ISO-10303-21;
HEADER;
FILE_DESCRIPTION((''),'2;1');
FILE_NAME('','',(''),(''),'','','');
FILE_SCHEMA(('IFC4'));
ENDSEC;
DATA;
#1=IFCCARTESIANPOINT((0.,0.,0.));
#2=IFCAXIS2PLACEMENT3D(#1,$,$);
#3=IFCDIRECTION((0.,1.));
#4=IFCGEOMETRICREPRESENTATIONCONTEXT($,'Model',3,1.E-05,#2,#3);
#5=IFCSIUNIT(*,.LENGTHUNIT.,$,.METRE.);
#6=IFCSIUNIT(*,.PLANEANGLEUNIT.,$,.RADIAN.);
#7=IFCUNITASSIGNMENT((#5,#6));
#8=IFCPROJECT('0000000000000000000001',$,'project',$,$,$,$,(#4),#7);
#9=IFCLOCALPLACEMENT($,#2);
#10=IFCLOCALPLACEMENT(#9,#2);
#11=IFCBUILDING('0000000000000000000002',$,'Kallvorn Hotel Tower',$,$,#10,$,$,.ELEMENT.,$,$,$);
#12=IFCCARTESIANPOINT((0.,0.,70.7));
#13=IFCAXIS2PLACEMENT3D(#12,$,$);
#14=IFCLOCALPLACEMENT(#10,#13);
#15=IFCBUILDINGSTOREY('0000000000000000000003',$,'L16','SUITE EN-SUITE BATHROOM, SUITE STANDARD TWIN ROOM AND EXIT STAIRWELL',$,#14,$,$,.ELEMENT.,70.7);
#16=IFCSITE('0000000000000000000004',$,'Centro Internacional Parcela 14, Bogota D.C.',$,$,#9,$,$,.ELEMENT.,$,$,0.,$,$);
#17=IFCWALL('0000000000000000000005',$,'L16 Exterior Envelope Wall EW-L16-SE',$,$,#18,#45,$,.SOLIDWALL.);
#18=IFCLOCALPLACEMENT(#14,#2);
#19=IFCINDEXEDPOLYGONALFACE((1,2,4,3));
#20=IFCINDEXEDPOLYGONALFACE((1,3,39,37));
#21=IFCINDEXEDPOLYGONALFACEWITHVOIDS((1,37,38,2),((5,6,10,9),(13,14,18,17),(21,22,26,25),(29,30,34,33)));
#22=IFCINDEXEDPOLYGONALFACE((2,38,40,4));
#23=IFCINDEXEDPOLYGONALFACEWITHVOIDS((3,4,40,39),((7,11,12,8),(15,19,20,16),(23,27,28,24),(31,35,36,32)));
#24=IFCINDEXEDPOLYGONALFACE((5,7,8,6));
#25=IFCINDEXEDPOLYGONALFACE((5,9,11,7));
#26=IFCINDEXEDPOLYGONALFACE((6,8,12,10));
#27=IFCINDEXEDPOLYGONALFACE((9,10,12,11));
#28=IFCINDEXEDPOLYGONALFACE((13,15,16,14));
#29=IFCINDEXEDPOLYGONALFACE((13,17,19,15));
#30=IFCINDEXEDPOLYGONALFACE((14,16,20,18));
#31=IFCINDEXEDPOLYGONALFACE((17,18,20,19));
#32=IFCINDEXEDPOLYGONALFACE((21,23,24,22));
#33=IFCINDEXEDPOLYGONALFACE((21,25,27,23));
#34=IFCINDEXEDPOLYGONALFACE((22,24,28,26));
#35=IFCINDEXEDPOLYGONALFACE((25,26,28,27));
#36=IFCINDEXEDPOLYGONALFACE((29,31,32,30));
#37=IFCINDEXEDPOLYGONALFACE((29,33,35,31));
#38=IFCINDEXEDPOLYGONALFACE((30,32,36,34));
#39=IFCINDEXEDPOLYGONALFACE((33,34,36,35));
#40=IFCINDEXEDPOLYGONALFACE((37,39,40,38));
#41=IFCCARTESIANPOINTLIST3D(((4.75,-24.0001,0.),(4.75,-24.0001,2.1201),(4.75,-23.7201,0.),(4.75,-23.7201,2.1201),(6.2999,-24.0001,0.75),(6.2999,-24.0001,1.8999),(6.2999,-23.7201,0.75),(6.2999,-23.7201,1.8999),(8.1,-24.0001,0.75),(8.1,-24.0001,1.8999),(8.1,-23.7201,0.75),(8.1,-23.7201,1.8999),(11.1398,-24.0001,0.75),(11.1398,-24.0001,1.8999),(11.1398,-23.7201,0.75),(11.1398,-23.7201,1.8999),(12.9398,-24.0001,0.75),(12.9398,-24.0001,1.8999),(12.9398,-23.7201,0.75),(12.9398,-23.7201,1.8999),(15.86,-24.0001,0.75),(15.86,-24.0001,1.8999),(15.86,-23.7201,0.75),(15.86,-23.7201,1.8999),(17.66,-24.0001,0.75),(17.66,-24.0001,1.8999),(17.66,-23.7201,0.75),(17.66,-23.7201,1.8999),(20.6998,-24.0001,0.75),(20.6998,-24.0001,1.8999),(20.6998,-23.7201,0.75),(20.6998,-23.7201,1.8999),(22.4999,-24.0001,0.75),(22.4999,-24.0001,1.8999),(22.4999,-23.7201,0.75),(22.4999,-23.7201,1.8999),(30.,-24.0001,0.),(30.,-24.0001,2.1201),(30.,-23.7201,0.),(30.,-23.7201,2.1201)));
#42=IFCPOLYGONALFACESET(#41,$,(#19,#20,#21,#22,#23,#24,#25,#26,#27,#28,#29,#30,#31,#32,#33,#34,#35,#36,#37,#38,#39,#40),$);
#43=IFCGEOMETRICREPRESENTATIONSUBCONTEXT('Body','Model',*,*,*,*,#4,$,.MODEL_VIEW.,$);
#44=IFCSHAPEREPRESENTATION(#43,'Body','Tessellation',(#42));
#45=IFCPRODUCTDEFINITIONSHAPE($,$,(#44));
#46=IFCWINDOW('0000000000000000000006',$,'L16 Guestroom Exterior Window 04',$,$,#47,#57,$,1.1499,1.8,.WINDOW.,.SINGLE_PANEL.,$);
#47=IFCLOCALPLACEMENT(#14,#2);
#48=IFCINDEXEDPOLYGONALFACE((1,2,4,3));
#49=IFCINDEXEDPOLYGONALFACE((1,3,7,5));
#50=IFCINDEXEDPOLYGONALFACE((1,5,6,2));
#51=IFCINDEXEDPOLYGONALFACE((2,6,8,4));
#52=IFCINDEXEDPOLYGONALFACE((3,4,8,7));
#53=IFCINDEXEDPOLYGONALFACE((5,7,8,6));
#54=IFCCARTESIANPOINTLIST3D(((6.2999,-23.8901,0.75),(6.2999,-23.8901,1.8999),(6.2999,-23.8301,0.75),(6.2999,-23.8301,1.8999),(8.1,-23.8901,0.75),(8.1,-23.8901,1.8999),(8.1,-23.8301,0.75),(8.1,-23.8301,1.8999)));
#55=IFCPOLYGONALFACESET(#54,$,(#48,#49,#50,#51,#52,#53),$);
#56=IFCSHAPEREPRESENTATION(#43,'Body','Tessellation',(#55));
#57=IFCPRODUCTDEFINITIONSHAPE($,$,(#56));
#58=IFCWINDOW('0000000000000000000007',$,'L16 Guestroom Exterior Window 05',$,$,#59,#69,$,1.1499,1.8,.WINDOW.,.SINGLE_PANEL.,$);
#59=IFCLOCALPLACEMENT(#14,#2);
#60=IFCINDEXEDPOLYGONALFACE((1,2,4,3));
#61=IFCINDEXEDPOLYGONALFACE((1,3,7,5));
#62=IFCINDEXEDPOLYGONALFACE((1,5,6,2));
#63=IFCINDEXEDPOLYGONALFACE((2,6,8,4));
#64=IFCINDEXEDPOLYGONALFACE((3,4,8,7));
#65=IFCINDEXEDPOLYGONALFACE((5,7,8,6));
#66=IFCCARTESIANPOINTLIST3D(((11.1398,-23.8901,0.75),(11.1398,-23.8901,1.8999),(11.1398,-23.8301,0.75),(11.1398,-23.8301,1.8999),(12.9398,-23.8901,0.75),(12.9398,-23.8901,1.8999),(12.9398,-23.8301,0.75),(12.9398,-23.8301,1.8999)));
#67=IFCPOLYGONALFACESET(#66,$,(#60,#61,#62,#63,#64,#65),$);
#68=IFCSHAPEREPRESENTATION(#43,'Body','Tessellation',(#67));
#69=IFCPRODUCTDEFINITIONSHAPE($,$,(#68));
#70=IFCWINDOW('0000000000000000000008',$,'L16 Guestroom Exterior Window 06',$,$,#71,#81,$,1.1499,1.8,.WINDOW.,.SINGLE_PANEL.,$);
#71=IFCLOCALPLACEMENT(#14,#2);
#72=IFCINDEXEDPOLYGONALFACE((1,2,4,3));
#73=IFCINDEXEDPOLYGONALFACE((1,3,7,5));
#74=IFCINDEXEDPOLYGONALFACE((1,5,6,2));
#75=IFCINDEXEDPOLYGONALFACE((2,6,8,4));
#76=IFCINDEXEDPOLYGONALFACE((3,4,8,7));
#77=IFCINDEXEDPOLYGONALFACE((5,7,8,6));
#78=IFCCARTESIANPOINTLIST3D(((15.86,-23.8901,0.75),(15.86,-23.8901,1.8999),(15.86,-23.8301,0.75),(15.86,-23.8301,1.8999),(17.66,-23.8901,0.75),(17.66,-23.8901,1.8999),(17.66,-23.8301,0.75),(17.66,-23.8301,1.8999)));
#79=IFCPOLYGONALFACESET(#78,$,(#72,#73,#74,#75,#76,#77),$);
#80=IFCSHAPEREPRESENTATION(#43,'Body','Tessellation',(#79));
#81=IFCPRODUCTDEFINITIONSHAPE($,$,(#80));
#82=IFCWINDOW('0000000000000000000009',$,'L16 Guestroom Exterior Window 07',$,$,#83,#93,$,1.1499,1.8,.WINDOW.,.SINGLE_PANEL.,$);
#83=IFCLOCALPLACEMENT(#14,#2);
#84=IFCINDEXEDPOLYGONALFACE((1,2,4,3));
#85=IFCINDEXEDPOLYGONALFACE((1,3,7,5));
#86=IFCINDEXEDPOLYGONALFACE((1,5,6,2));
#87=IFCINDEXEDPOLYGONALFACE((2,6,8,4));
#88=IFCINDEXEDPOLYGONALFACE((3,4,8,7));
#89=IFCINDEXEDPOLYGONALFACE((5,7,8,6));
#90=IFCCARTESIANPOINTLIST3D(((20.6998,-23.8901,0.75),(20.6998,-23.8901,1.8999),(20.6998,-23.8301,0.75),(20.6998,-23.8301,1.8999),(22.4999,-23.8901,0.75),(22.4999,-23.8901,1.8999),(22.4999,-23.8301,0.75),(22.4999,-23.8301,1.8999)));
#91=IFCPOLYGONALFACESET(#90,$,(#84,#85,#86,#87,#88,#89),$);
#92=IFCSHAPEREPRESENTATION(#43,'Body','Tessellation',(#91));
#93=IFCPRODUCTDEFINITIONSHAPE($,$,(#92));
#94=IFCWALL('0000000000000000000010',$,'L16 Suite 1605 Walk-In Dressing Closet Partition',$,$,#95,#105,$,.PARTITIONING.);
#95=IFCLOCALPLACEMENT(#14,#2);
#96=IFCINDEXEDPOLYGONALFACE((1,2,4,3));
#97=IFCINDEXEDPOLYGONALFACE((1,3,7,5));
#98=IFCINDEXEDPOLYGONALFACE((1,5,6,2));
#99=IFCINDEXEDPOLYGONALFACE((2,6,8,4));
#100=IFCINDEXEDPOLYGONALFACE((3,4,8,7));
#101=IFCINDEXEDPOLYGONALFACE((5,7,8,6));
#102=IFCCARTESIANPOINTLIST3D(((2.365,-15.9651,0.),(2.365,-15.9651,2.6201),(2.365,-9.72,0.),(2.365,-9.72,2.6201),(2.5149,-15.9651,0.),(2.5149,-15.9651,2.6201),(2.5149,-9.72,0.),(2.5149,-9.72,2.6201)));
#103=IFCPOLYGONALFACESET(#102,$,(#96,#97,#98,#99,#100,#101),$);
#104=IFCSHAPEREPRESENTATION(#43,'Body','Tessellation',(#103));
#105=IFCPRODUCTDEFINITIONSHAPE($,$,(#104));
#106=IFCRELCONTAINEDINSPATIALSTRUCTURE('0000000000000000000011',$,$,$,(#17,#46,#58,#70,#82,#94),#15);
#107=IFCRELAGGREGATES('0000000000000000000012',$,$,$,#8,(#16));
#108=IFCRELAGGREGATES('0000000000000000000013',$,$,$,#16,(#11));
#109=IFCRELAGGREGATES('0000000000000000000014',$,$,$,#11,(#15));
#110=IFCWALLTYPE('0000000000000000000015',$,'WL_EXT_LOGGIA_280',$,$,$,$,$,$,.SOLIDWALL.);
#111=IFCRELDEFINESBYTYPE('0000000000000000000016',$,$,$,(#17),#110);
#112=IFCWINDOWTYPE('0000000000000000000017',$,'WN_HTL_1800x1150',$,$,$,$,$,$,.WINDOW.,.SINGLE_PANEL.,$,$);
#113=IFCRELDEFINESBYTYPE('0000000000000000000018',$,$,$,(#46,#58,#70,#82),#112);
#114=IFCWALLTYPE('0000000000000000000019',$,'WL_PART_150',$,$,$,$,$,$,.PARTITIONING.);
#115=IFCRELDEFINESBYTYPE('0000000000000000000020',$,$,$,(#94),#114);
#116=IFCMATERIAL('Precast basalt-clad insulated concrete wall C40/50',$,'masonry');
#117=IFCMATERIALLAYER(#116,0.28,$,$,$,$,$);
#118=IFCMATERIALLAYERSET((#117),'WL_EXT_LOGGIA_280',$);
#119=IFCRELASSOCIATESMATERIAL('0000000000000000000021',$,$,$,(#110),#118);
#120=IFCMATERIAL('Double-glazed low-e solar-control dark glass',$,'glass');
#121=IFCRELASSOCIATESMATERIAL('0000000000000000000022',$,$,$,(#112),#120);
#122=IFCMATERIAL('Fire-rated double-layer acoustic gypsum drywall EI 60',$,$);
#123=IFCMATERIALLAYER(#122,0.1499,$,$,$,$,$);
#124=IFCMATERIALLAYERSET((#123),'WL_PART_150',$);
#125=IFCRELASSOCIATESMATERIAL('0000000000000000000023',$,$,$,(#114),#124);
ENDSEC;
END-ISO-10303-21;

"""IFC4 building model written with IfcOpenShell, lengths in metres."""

from ifc_helpers import new_model, si_unit, direction, frame, frame_2d, origin, place, context, subcontext, project, spatial, rectangle, extrude, material, layer, layer_set, type_object, element, fill, save


model = new_model("IFC4")

# Units and contexts
model_context = context("Model", 3, precision=1e-05, world=origin(), true_north=direction((0.0, 1.0)))
body_context = subcontext(model_context, "Body", "Model", "MODEL_VIEW")
ifc_project = project(units=[si_unit("LENGTHUNIT", "METRE"), si_unit("PLANEANGLEUNIT", "RADIAN")], contexts=[model_context])

# Site, building, storey
site_placement = place(None, origin())
site = spatial("IfcSite", under=ifc_project, at=site_placement, Name="Centro Internacional Parcela 14, Bogota D.C.", CompositionType="ELEMENT", RefElevation=0.0)
building_placement = place(site_placement, origin())
building = spatial("IfcBuilding", under=site, at=building_placement, Name="Kallvorn Hotel Tower", CompositionType="ELEMENT")
storey_placement = place(building_placement, frame((0.0, 0.0, 70.7)))
storey = spatial("IfcBuildingStorey", under=building, at=storey_placement, Name="L16", Description="SUITE EN-SUITE BATHROOM, SUITE STANDARD TWIN ROOM AND EXIT STAIRWELL", CompositionType="ELEMENT", Elevation=70.7)

# Wall, openings, windows
ifc_material_1 = material(Name="Precast basalt-clad insulated concrete wall C40/50", Category="masonry")
ifc_layer_1 = layer(ifc_material_1, 0.28)
ifc_layer_set_1 = layer_set([ifc_layer_1], Name="WL_EXT_LOGGIA_280")
wall_type_1 = type_object("IfcWallType", Name="WL_EXT_LOGGIA_280", PredefinedType="SOLIDWALL", material=ifc_layer_set_1)
wall_1_placement = place(storey_placement, frame((4.75, -23.8601, 0.0), z_axis=(0.0, 0.0, 1.0), x_axis=(1.0, 0.0, 0.0)))
wall_1 = element("IfcWall", 1, at=wall_1_placement, inside=storey, type_object=wall_type_1, Name="L16 Exterior Envelope Wall EW-L16-SE", PredefinedType="SOLIDWALL", context=body_context, shape_type="SweptSolid", body=[
    extrude(rectangle(XDim=25.25, YDim=0.28, at=frame_2d((12.625, 0.0))), origin(), (0.0, 0.0, 1.0), 2.1201),
])
opening_1_placement = place(wall_1_placement, frame((1.55, 0.0, 0.75)))
opening_1 = element("IfcOpeningElement", 2, at=opening_1_placement, cuts=wall_1, PredefinedType="OPENING", context=body_context, shape_type="SweptSolid", body=[
    extrude(rectangle(XDim=1.8, YDim=1.1499, at=frame_2d((0.8999, 0.575))), frame((0.0, 0.155, 0.0), z_axis=(0.0, -1.0, 0.0), x_axis=(1.0, 0.0, 0.0)), (0.0, 0.0, 1.0), 0.3101),
])
opening_2_placement = place(wall_1_placement, frame((6.3899, 0.0, 0.75)))
opening_2 = element("IfcOpeningElement", 3, at=opening_2_placement, cuts=wall_1, PredefinedType="OPENING", context=body_context, shape_type="SweptSolid", body=[
    extrude(rectangle(XDim=1.8, YDim=1.1499, at=frame_2d((0.8999, 0.575))), frame((0.0, 0.155, 0.0), z_axis=(0.0, -1.0, 0.0), x_axis=(1.0, 0.0, 0.0)), (0.0, 0.0, 1.0), 0.3101),
])
opening_3_placement = place(wall_1_placement, frame((11.1101, 0.0, 0.75)))
opening_3 = element("IfcOpeningElement", 4, at=opening_3_placement, cuts=wall_1, PredefinedType="OPENING", context=body_context, shape_type="SweptSolid", body=[
    extrude(rectangle(XDim=1.8, YDim=1.1499, at=frame_2d((0.8999, 0.575))), frame((0.0, 0.155, 0.0), z_axis=(0.0, -1.0, 0.0), x_axis=(1.0, 0.0, 0.0)), (0.0, 0.0, 1.0), 0.3101),
])
opening_4_placement = place(wall_1_placement, frame((15.95, 0.0, 0.75)))
opening_4 = element("IfcOpeningElement", 5, at=opening_4_placement, cuts=wall_1, PredefinedType="OPENING", context=body_context, shape_type="SweptSolid", body=[
    extrude(rectangle(XDim=1.8, YDim=1.1499, at=frame_2d((0.8999, 0.575))), frame((0.0, 0.155, 0.0), z_axis=(0.0, -1.0, 0.0), x_axis=(1.0, 0.0, 0.0)), (0.0, 0.0, 1.0), 0.3101),
])
ifc_material_2 = material(Name="Double-glazed low-e solar-control dark glass", Category="glass")
window_type = type_object("IfcWindowType", Name="WN_HTL_1800x1150", PartitioningType="SINGLE_PANEL", PredefinedType="WINDOW", material=ifc_material_2)
window_1_placement = place(opening_1_placement, origin())
window_1 = element("IfcWindow", 6, at=window_1_placement, inside=storey, type_object=window_type, Name="L16 Guestroom Exterior Window 04", OverallHeight=1.1499, OverallWidth=1.8, PartitioningType="SINGLE_PANEL", PredefinedType="WINDOW", context=body_context, shape_type="SweptSolid", body=[
    extrude(rectangle(XDim=1.8, YDim=1.1499, at=frame_2d((0.8999, 0.575))), frame((0.0, 0.03, 0.0), z_axis=(0.0, -1.0, 0.0), x_axis=(1.0, 0.0, 0.0)), (0.0, 0.0, 1.0), 0.0601),
])
fill(opening_1, window_1)
window_2_placement = place(opening_2_placement, origin())
window_2 = element("IfcWindow", 7, at=window_2_placement, inside=storey, type_object=window_type, Name="L16 Guestroom Exterior Window 05", OverallHeight=1.1499, OverallWidth=1.8, PartitioningType="SINGLE_PANEL", PredefinedType="WINDOW", context=body_context, shape_type="SweptSolid", body=[
    extrude(rectangle(XDim=1.8, YDim=1.1499, at=frame_2d((0.8999, 0.575))), frame((0.0, 0.03, 0.0), z_axis=(0.0, -1.0, 0.0), x_axis=(1.0, 0.0, 0.0)), (0.0, 0.0, 1.0), 0.0601),
])
fill(opening_2, window_2)
window_3_placement = place(opening_3_placement, origin())
window_3 = element("IfcWindow", 8, at=window_3_placement, inside=storey, type_object=window_type, Name="L16 Guestroom Exterior Window 06", OverallHeight=1.1499, OverallWidth=1.8, PartitioningType="SINGLE_PANEL", PredefinedType="WINDOW", context=body_context, shape_type="SweptSolid", body=[
    extrude(rectangle(XDim=1.8, YDim=1.1499, at=frame_2d((0.8999, 0.575))), frame((0.0, 0.03, 0.0), z_axis=(0.0, -1.0, 0.0), x_axis=(1.0, 0.0, 0.0)), (0.0, 0.0, 1.0), 0.0601),
])
fill(opening_3, window_3)
window_4_placement = place(opening_4_placement, origin())
window_4 = element("IfcWindow", 9, at=window_4_placement, inside=storey, type_object=window_type, Name="L16 Guestroom Exterior Window 07", OverallHeight=1.1499, OverallWidth=1.8, PartitioningType="SINGLE_PANEL", PredefinedType="WINDOW", context=body_context, shape_type="SweptSolid", body=[
    extrude(rectangle(XDim=1.8, YDim=1.1499, at=frame_2d((0.8999, 0.575))), frame((0.0, 0.03, 0.0), z_axis=(0.0, -1.0, 0.0), x_axis=(1.0, 0.0, 0.0)), (0.0, 0.0, 1.0), 0.0601),
])
fill(opening_4, window_4)

# Wall
ifc_material_3 = material(Name="Fire-rated double-layer acoustic gypsum drywall EI 60")
ifc_layer_2 = layer(ifc_material_3, 0.1499)
ifc_layer_set_2 = layer_set([ifc_layer_2], Name="WL_PART_150")
wall_type_2 = type_object("IfcWallType", Name="WL_PART_150", PredefinedType="PARTITIONING", material=ifc_layer_set_2)
wall_2_placement = place(storey_placement, frame((2.4399, -15.9651, 0.0), z_axis=(0.0, 0.0, 1.0), x_axis=(0.0, 1.0, 0.0)))
element("IfcWall", 10, at=wall_2_placement, inside=storey, type_object=wall_type_2, Name="L16 Suite 1605 Walk-In Dressing Closet Partition", PredefinedType="PARTITIONING", context=body_context, shape_type="SweptSolid", body=[
    extrude(rectangle(XDim=6.2451, YDim=0.1499, at=frame_2d((3.1226, 0.0))), origin(), (0.0, 0.0, 1.0), 2.6201),
])

save(model, "model.ifc")
